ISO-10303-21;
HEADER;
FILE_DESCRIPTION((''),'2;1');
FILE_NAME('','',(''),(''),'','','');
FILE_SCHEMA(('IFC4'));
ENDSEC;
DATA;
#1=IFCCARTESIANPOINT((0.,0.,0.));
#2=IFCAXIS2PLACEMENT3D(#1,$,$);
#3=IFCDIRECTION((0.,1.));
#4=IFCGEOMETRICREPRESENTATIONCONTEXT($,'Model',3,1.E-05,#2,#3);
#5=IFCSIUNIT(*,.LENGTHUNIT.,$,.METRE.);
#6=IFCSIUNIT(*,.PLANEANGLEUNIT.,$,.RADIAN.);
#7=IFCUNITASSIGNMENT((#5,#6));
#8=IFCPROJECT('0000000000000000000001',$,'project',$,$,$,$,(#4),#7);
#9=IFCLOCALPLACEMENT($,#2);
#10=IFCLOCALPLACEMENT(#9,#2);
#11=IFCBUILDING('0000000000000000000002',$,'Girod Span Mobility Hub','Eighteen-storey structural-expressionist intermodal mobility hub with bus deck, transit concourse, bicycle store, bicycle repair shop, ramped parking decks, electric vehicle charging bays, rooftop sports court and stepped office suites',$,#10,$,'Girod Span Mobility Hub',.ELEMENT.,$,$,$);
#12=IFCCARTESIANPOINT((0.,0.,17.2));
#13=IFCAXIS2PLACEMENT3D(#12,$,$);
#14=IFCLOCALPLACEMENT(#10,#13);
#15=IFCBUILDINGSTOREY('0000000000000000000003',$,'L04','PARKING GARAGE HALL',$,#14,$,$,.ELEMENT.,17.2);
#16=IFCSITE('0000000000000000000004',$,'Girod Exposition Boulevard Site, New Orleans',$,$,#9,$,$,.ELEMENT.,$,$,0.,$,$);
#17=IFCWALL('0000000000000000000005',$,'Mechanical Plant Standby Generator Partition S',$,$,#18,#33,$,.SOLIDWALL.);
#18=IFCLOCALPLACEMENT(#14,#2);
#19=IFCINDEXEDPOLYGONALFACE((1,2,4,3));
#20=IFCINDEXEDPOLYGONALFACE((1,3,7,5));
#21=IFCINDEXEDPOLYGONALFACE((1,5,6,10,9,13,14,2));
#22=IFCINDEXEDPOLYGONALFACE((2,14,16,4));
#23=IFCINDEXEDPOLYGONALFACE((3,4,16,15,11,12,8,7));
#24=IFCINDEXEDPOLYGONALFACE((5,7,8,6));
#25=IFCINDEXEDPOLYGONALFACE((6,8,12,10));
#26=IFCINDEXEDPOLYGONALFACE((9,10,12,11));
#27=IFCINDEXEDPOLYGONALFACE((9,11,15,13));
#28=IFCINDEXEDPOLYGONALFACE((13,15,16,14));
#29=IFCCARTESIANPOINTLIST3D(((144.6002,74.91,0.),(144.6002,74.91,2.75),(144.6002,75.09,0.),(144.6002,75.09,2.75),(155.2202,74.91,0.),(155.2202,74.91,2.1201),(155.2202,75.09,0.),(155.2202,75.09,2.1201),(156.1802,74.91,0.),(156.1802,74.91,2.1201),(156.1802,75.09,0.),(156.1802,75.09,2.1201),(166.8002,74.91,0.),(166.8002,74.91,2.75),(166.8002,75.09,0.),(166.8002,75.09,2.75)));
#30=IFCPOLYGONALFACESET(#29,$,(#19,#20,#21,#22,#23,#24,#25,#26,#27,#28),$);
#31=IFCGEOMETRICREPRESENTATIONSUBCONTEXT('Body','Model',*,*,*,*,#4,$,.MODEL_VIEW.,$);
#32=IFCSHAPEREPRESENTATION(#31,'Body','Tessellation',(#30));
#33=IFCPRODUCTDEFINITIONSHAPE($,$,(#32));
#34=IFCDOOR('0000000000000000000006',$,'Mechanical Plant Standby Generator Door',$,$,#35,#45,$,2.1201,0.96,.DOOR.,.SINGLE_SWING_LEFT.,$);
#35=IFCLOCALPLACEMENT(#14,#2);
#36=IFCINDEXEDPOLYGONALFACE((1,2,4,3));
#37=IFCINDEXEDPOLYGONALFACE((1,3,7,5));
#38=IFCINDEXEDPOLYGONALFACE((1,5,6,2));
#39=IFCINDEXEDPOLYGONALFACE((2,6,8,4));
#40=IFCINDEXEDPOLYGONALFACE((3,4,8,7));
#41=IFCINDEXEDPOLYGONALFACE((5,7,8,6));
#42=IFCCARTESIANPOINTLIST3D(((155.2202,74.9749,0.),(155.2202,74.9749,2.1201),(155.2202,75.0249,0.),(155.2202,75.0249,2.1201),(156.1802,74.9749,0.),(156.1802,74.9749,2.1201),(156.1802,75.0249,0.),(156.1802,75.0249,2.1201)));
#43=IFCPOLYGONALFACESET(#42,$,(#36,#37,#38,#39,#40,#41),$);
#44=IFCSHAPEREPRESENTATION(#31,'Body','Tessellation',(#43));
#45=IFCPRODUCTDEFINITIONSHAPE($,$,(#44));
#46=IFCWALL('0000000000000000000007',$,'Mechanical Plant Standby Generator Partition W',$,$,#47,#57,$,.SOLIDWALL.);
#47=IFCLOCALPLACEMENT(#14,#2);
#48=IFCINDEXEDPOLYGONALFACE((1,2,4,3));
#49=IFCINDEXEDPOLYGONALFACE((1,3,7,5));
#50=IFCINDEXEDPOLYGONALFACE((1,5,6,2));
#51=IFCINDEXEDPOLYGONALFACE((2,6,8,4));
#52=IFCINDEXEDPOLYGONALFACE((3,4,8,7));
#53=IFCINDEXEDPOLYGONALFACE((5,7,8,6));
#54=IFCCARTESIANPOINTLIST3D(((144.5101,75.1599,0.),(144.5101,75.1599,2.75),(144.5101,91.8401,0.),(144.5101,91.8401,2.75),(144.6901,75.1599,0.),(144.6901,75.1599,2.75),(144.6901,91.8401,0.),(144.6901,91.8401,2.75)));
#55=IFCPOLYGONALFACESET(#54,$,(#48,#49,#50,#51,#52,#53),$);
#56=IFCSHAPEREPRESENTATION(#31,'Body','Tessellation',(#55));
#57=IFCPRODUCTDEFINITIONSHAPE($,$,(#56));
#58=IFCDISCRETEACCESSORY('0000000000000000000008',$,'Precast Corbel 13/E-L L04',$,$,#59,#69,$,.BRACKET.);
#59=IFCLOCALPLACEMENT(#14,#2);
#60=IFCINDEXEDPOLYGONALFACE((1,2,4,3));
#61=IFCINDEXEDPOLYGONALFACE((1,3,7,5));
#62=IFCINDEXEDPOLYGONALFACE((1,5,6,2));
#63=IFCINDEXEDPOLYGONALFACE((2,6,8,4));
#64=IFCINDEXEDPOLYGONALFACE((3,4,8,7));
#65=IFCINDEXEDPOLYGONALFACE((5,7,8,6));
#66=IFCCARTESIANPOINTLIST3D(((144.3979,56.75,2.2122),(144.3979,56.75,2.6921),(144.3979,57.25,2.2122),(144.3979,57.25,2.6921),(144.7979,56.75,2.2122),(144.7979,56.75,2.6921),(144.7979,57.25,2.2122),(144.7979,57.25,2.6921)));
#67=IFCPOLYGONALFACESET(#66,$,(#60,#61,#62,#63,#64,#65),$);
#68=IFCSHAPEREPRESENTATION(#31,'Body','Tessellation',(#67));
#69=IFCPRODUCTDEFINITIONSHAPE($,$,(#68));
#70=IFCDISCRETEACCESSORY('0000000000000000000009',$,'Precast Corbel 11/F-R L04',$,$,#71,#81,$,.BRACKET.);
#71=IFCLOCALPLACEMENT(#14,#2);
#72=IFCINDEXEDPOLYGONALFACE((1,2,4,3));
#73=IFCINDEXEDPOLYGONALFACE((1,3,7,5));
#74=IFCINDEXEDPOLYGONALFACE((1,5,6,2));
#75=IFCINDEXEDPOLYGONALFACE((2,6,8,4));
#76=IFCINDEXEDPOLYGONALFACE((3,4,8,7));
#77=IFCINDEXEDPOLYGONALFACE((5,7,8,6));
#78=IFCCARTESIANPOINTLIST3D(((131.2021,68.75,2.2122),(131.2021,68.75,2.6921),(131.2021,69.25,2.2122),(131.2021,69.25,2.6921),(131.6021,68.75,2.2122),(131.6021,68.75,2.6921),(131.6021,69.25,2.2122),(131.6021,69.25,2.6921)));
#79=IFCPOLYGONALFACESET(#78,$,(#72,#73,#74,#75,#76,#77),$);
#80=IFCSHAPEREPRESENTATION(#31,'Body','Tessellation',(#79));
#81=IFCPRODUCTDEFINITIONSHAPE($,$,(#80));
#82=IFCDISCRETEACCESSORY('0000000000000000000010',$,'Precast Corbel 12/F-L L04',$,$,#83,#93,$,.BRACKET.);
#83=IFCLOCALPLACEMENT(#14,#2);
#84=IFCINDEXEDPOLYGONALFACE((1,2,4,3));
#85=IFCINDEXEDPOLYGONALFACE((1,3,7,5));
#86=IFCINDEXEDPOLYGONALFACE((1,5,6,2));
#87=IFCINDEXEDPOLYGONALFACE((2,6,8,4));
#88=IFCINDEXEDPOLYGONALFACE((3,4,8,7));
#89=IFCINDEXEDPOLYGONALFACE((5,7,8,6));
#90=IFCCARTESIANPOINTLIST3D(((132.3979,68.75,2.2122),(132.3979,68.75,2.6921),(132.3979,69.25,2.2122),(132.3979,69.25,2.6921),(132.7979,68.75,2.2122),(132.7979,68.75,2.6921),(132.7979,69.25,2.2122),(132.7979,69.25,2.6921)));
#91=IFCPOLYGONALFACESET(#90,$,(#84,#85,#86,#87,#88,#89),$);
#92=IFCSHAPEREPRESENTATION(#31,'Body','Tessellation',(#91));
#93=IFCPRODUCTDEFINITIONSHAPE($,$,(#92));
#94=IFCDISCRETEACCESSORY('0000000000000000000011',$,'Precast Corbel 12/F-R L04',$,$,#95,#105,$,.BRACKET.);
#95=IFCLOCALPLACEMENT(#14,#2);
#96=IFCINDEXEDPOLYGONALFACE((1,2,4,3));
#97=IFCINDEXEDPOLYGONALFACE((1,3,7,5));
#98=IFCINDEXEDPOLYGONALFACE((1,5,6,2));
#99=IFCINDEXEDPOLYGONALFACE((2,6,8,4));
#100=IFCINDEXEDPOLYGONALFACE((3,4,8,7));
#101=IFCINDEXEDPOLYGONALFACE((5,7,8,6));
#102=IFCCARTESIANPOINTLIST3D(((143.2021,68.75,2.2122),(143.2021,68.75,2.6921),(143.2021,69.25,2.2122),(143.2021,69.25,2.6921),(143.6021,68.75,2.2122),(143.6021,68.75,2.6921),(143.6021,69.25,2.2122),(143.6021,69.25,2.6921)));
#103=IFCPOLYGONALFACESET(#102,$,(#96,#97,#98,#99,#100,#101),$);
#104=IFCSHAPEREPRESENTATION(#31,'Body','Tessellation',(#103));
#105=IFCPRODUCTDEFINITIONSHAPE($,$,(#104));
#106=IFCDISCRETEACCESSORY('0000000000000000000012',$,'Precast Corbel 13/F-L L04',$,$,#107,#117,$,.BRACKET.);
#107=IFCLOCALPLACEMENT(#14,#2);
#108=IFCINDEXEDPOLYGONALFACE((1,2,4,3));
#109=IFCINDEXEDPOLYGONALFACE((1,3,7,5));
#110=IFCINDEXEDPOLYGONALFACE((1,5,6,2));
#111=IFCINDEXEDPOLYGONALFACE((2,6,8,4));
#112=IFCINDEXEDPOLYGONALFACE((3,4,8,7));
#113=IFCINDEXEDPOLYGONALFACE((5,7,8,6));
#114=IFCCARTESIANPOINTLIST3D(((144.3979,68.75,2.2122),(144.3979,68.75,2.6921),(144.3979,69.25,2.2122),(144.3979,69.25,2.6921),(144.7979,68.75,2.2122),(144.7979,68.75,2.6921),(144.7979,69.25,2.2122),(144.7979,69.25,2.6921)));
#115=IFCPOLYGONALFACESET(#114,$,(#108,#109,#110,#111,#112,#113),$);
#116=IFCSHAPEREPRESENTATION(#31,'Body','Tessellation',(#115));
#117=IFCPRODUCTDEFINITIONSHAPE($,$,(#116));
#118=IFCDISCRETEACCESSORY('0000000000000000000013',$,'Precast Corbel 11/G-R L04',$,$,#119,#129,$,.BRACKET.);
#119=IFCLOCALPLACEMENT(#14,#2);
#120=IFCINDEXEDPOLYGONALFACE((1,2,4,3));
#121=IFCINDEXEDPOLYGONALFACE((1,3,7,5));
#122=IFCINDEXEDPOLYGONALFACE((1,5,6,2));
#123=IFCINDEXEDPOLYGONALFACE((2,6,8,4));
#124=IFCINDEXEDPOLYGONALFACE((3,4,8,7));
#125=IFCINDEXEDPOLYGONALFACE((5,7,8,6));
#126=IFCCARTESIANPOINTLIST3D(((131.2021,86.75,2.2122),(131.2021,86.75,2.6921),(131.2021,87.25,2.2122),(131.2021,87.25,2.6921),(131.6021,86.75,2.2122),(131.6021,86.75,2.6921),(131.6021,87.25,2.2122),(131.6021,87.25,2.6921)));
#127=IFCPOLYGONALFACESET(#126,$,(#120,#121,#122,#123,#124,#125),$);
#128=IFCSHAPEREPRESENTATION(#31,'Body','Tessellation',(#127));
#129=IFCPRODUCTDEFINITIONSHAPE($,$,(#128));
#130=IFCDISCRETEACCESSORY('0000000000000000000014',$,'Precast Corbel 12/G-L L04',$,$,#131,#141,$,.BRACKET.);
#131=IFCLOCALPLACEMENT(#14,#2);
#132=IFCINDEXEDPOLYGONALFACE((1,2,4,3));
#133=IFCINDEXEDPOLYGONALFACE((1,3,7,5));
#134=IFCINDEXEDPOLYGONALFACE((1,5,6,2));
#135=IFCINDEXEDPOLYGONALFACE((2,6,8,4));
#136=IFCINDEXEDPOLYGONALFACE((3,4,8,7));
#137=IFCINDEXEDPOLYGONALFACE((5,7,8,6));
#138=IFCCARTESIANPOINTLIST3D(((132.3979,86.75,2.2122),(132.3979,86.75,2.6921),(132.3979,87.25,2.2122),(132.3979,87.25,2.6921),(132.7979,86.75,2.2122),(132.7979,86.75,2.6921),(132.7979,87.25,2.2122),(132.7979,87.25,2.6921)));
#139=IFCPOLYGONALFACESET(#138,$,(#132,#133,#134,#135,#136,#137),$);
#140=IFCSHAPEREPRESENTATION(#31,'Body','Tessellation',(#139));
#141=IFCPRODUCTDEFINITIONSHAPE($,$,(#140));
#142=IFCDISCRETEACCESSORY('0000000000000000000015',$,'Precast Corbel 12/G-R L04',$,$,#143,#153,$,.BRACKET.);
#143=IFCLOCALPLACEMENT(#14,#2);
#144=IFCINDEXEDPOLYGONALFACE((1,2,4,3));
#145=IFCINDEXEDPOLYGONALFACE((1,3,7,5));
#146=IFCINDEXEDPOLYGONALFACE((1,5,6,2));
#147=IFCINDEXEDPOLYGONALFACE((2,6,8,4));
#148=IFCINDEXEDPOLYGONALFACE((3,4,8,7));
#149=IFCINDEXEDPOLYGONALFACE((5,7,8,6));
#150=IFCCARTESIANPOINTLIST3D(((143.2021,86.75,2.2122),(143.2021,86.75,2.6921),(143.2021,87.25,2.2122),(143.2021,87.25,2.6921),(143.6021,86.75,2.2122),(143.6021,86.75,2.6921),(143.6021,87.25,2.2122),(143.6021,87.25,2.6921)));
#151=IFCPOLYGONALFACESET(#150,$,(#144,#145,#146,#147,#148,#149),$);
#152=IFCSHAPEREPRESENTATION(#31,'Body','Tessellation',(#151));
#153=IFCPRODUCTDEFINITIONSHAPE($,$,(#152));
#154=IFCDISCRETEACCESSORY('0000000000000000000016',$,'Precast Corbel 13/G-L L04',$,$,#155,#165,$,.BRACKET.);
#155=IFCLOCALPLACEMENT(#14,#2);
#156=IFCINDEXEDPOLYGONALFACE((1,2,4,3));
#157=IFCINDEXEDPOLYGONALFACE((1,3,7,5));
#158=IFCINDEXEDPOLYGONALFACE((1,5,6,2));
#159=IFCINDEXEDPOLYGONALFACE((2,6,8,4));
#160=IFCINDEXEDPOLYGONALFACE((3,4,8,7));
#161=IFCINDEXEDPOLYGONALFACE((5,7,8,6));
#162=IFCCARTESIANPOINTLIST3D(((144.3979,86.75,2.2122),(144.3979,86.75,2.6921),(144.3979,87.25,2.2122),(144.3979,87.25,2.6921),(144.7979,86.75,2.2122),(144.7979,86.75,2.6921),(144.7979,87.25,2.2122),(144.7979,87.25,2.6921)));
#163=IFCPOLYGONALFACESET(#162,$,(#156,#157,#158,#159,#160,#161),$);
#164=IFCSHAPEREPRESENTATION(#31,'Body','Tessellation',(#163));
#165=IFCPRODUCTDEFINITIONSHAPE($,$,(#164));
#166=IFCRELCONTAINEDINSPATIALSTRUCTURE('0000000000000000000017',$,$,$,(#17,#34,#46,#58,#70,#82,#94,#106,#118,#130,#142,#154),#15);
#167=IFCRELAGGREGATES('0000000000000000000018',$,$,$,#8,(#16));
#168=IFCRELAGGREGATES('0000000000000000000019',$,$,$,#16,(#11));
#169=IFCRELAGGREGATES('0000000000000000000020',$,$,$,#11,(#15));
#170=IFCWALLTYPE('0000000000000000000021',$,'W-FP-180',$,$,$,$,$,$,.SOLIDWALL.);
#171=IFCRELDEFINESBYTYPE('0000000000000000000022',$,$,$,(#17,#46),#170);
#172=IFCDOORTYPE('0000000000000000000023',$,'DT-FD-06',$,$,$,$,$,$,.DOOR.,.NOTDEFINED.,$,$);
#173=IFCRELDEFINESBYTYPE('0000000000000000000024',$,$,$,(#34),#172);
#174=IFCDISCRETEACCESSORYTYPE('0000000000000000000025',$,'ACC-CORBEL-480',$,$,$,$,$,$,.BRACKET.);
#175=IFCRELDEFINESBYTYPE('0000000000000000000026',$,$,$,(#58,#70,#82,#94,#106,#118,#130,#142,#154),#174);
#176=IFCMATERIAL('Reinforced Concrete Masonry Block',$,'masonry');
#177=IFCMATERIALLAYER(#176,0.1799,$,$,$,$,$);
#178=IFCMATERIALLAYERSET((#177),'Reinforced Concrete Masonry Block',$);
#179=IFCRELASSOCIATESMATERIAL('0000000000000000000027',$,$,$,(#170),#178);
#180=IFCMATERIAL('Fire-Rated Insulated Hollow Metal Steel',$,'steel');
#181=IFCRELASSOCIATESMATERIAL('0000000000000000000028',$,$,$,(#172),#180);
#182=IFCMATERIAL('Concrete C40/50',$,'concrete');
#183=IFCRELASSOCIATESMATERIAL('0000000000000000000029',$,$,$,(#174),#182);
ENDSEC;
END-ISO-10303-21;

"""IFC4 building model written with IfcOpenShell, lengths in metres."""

from ifc_helpers import new_model, si_unit, direction, frame, frame_2d, origin, origin_2d, place, context, subcontext, project, spatial, rectangle, extrude, material, layer, layer_set, type_object, element, fill, save


model = new_model("IFC4")

# Units and contexts
model_context = context("Model", 3, precision=1e-05, world=origin(), true_north=direction((0.0, 1.0)))
body_context = subcontext(model_context, "Body", "Model", "MODEL_VIEW")
ifc_project = project(units=[si_unit("LENGTHUNIT", "METRE"), si_unit("PLANEANGLEUNIT", "RADIAN")], contexts=[model_context])

# Site, building, storey
site_placement = place(None, origin())
site = spatial("IfcSite", under=ifc_project, at=site_placement, Name="Girod Exposition Boulevard Site, New Orleans", CompositionType="ELEMENT", RefElevation=0.0)
building_placement = place(site_placement, origin())
building = spatial("IfcBuilding", under=site, at=building_placement, Name="Girod Span Mobility Hub", Description="Eighteen-storey structural-expressionist intermodal mobility hub with bus deck, transit concourse, bicycle store, bicycle repair shop, ramped parking decks, electric vehicle charging bays, rooftop sports court and stepped office suites", LongName="Girod Span Mobility Hub", CompositionType="ELEMENT")
storey_placement = place(building_placement, frame((0.0, 0.0, 17.2)))
storey = spatial("IfcBuildingStorey", under=building, at=storey_placement, Name="L04", Description="PARKING GARAGE HALL", CompositionType="ELEMENT", Elevation=17.2)

# Wall, opening, door
ifc_material_1 = material(Name="Reinforced Concrete Masonry Block", Category="masonry")
ifc_layer = layer(ifc_material_1, 0.1799)
ifc_layer_set = layer_set([ifc_layer], Name="Reinforced Concrete Masonry Block")
wall_type = type_object("IfcWallType", Name="W-FP-180", PredefinedType="SOLIDWALL", material=ifc_layer_set)
wall_1_placement = place(storey_placement, frame((144.6001, 75.0, 0.0), z_axis=(0.0, 0.0, 1.0), x_axis=(1.0, 0.0, 0.0)))
wall_1 = element("IfcWall", 1, at=wall_1_placement, inside=storey, type_object=wall_type, Name="Mechanical Plant Standby Generator Partition S", PredefinedType="SOLIDWALL", context=body_context, shape_type="SweptSolid", body=[
    extrude(rectangle(XDim=22.2, YDim=0.1799, at=frame_2d((11.1001, 0.0))), origin(), (0.0, 0.0, 1.0), 2.75),
])
opening_placement = place(wall_1_placement, frame((10.6201, 0.0, 0.0)))
opening = element("IfcOpeningElement", 2, at=opening_placement, cuts=wall_1, PredefinedType="OPENING", context=body_context, shape_type="SweptSolid", body=[
    extrude(rectangle(XDim=0.96, YDim=2.1201, at=frame_2d((0.48, 1.0601))), frame((0.0, 0.105, 0.0), z_axis=(0.0, -1.0, 0.0), x_axis=(1.0, 0.0, 0.0)), (0.0, 0.0, 1.0), 0.21),
])
ifc_material_2 = material(Name="Fire-Rated Insulated Hollow Metal Steel", Category="steel")
door_type = type_object("IfcDoorType", Name="DT-FD-06", OperationType="NOTDEFINED", PredefinedType="DOOR", material=ifc_material_2)
door_placement = place(opening_placement, origin())
door = element("IfcDoor", 3, at=door_placement, inside=storey, type_object=door_type, Name="Mechanical Plant Standby Generator Door", OperationType="SINGLE_SWING_LEFT", OverallHeight=2.1201, OverallWidth=0.96, PredefinedType="DOOR", context=body_context, shape_type="SweptSolid", body=[
    extrude(rectangle(XDim=0.96, YDim=2.1201, at=frame_2d((0.48, 1.0601))), frame((0.0, 0.0249, 0.0), z_axis=(0.0, -1.0, 0.0), x_axis=(1.0, 0.0, 0.0)), (0.0, 0.0, 1.0), 0.05),
])
fill(opening, door)

# Wall
wall_2_placement = place(storey_placement, frame((144.6001, 75.1599, 0.0), z_axis=(0.0, 0.0, 1.0), x_axis=(0.0, 1.0, 0.0)))
element("IfcWall", 4, at=wall_2_placement, inside=storey, type_object=wall_type, Name="Mechanical Plant Standby Generator Partition W", PredefinedType="SOLIDWALL", context=body_context, shape_type="SweptSolid", body=[
    extrude(rectangle(XDim=16.6802, YDim=0.1799, at=frame_2d((8.3401, 0.0))), origin(), (0.0, 0.0, 1.0), 2.75),
])

# Discrete accessories
ifc_material_3 = material(Name="Concrete C40/50", Category="concrete")
discrete_accessory_type = type_object("IfcDiscreteAccessoryType", Name="ACC-CORBEL-480", PredefinedType="BRACKET", material=ifc_material_3)
for number, where, z_axis, x_axis, name in (
    (5, (144.5979, 57.0, 2.2122), (0.0, 0.0, 1.0), (1.0, 0.0, 0.0), "Precast Corbel 13/E-L L04"),
    (6, (131.4021, 69.0, 2.2122), (0.0, 0.0, 1.0), (1.0, 0.0, 0.0), "Precast Corbel 11/F-R L04"),
    (7, (132.5979, 69.0, 2.2122), (0.0, 0.0, 1.0), (1.0, 0.0, 0.0), "Precast Corbel 12/F-L L04"),
    (8, (143.4021, 69.0, 2.2122), (0.0, 0.0, 1.0), (1.0, 0.0, 0.0), "Precast Corbel 12/F-R L04"),
    (9, (144.5979, 69.0, 2.2122), (0.0, 0.0, 1.0), (1.0, 0.0, 0.0), "Precast Corbel 13/F-L L04"),
    (10, (131.4021, 87.0, 2.2122), (0.0, 0.0, 1.0), (1.0, 0.0, 0.0), "Precast Corbel 11/G-R L04"),
    (11, (132.5979, 87.0, 2.2122), (0.0, 0.0, 1.0), (1.0, 0.0, 0.0), "Precast Corbel 12/G-L L04"),
    (12, (143.4021, 87.0, 2.2122), (0.0, 0.0, 1.0), (1.0, 0.0, 0.0), "Precast Corbel 12/G-R L04"),
    (13, (144.5979, 87.0, 2.2122), (0.0, 0.0, 1.0), (1.0, 0.0, 0.0), "Precast Corbel 13/G-L L04"),
):
    element("IfcDiscreteAccessory", number, at=place(storey_placement, frame(where, z_axis=z_axis, x_axis=x_axis)), inside=storey, type_object=discrete_accessory_type, Name=name, PredefinedType="BRACKET", context=body_context, shape_type="SweptSolid", body=[
        extrude(rectangle(XDim=0.3999, YDim=0.5, at=origin_2d()), origin(), (0.0, 0.0, 1.0), 0.48),
    ])

save(model, "model.ifc")
